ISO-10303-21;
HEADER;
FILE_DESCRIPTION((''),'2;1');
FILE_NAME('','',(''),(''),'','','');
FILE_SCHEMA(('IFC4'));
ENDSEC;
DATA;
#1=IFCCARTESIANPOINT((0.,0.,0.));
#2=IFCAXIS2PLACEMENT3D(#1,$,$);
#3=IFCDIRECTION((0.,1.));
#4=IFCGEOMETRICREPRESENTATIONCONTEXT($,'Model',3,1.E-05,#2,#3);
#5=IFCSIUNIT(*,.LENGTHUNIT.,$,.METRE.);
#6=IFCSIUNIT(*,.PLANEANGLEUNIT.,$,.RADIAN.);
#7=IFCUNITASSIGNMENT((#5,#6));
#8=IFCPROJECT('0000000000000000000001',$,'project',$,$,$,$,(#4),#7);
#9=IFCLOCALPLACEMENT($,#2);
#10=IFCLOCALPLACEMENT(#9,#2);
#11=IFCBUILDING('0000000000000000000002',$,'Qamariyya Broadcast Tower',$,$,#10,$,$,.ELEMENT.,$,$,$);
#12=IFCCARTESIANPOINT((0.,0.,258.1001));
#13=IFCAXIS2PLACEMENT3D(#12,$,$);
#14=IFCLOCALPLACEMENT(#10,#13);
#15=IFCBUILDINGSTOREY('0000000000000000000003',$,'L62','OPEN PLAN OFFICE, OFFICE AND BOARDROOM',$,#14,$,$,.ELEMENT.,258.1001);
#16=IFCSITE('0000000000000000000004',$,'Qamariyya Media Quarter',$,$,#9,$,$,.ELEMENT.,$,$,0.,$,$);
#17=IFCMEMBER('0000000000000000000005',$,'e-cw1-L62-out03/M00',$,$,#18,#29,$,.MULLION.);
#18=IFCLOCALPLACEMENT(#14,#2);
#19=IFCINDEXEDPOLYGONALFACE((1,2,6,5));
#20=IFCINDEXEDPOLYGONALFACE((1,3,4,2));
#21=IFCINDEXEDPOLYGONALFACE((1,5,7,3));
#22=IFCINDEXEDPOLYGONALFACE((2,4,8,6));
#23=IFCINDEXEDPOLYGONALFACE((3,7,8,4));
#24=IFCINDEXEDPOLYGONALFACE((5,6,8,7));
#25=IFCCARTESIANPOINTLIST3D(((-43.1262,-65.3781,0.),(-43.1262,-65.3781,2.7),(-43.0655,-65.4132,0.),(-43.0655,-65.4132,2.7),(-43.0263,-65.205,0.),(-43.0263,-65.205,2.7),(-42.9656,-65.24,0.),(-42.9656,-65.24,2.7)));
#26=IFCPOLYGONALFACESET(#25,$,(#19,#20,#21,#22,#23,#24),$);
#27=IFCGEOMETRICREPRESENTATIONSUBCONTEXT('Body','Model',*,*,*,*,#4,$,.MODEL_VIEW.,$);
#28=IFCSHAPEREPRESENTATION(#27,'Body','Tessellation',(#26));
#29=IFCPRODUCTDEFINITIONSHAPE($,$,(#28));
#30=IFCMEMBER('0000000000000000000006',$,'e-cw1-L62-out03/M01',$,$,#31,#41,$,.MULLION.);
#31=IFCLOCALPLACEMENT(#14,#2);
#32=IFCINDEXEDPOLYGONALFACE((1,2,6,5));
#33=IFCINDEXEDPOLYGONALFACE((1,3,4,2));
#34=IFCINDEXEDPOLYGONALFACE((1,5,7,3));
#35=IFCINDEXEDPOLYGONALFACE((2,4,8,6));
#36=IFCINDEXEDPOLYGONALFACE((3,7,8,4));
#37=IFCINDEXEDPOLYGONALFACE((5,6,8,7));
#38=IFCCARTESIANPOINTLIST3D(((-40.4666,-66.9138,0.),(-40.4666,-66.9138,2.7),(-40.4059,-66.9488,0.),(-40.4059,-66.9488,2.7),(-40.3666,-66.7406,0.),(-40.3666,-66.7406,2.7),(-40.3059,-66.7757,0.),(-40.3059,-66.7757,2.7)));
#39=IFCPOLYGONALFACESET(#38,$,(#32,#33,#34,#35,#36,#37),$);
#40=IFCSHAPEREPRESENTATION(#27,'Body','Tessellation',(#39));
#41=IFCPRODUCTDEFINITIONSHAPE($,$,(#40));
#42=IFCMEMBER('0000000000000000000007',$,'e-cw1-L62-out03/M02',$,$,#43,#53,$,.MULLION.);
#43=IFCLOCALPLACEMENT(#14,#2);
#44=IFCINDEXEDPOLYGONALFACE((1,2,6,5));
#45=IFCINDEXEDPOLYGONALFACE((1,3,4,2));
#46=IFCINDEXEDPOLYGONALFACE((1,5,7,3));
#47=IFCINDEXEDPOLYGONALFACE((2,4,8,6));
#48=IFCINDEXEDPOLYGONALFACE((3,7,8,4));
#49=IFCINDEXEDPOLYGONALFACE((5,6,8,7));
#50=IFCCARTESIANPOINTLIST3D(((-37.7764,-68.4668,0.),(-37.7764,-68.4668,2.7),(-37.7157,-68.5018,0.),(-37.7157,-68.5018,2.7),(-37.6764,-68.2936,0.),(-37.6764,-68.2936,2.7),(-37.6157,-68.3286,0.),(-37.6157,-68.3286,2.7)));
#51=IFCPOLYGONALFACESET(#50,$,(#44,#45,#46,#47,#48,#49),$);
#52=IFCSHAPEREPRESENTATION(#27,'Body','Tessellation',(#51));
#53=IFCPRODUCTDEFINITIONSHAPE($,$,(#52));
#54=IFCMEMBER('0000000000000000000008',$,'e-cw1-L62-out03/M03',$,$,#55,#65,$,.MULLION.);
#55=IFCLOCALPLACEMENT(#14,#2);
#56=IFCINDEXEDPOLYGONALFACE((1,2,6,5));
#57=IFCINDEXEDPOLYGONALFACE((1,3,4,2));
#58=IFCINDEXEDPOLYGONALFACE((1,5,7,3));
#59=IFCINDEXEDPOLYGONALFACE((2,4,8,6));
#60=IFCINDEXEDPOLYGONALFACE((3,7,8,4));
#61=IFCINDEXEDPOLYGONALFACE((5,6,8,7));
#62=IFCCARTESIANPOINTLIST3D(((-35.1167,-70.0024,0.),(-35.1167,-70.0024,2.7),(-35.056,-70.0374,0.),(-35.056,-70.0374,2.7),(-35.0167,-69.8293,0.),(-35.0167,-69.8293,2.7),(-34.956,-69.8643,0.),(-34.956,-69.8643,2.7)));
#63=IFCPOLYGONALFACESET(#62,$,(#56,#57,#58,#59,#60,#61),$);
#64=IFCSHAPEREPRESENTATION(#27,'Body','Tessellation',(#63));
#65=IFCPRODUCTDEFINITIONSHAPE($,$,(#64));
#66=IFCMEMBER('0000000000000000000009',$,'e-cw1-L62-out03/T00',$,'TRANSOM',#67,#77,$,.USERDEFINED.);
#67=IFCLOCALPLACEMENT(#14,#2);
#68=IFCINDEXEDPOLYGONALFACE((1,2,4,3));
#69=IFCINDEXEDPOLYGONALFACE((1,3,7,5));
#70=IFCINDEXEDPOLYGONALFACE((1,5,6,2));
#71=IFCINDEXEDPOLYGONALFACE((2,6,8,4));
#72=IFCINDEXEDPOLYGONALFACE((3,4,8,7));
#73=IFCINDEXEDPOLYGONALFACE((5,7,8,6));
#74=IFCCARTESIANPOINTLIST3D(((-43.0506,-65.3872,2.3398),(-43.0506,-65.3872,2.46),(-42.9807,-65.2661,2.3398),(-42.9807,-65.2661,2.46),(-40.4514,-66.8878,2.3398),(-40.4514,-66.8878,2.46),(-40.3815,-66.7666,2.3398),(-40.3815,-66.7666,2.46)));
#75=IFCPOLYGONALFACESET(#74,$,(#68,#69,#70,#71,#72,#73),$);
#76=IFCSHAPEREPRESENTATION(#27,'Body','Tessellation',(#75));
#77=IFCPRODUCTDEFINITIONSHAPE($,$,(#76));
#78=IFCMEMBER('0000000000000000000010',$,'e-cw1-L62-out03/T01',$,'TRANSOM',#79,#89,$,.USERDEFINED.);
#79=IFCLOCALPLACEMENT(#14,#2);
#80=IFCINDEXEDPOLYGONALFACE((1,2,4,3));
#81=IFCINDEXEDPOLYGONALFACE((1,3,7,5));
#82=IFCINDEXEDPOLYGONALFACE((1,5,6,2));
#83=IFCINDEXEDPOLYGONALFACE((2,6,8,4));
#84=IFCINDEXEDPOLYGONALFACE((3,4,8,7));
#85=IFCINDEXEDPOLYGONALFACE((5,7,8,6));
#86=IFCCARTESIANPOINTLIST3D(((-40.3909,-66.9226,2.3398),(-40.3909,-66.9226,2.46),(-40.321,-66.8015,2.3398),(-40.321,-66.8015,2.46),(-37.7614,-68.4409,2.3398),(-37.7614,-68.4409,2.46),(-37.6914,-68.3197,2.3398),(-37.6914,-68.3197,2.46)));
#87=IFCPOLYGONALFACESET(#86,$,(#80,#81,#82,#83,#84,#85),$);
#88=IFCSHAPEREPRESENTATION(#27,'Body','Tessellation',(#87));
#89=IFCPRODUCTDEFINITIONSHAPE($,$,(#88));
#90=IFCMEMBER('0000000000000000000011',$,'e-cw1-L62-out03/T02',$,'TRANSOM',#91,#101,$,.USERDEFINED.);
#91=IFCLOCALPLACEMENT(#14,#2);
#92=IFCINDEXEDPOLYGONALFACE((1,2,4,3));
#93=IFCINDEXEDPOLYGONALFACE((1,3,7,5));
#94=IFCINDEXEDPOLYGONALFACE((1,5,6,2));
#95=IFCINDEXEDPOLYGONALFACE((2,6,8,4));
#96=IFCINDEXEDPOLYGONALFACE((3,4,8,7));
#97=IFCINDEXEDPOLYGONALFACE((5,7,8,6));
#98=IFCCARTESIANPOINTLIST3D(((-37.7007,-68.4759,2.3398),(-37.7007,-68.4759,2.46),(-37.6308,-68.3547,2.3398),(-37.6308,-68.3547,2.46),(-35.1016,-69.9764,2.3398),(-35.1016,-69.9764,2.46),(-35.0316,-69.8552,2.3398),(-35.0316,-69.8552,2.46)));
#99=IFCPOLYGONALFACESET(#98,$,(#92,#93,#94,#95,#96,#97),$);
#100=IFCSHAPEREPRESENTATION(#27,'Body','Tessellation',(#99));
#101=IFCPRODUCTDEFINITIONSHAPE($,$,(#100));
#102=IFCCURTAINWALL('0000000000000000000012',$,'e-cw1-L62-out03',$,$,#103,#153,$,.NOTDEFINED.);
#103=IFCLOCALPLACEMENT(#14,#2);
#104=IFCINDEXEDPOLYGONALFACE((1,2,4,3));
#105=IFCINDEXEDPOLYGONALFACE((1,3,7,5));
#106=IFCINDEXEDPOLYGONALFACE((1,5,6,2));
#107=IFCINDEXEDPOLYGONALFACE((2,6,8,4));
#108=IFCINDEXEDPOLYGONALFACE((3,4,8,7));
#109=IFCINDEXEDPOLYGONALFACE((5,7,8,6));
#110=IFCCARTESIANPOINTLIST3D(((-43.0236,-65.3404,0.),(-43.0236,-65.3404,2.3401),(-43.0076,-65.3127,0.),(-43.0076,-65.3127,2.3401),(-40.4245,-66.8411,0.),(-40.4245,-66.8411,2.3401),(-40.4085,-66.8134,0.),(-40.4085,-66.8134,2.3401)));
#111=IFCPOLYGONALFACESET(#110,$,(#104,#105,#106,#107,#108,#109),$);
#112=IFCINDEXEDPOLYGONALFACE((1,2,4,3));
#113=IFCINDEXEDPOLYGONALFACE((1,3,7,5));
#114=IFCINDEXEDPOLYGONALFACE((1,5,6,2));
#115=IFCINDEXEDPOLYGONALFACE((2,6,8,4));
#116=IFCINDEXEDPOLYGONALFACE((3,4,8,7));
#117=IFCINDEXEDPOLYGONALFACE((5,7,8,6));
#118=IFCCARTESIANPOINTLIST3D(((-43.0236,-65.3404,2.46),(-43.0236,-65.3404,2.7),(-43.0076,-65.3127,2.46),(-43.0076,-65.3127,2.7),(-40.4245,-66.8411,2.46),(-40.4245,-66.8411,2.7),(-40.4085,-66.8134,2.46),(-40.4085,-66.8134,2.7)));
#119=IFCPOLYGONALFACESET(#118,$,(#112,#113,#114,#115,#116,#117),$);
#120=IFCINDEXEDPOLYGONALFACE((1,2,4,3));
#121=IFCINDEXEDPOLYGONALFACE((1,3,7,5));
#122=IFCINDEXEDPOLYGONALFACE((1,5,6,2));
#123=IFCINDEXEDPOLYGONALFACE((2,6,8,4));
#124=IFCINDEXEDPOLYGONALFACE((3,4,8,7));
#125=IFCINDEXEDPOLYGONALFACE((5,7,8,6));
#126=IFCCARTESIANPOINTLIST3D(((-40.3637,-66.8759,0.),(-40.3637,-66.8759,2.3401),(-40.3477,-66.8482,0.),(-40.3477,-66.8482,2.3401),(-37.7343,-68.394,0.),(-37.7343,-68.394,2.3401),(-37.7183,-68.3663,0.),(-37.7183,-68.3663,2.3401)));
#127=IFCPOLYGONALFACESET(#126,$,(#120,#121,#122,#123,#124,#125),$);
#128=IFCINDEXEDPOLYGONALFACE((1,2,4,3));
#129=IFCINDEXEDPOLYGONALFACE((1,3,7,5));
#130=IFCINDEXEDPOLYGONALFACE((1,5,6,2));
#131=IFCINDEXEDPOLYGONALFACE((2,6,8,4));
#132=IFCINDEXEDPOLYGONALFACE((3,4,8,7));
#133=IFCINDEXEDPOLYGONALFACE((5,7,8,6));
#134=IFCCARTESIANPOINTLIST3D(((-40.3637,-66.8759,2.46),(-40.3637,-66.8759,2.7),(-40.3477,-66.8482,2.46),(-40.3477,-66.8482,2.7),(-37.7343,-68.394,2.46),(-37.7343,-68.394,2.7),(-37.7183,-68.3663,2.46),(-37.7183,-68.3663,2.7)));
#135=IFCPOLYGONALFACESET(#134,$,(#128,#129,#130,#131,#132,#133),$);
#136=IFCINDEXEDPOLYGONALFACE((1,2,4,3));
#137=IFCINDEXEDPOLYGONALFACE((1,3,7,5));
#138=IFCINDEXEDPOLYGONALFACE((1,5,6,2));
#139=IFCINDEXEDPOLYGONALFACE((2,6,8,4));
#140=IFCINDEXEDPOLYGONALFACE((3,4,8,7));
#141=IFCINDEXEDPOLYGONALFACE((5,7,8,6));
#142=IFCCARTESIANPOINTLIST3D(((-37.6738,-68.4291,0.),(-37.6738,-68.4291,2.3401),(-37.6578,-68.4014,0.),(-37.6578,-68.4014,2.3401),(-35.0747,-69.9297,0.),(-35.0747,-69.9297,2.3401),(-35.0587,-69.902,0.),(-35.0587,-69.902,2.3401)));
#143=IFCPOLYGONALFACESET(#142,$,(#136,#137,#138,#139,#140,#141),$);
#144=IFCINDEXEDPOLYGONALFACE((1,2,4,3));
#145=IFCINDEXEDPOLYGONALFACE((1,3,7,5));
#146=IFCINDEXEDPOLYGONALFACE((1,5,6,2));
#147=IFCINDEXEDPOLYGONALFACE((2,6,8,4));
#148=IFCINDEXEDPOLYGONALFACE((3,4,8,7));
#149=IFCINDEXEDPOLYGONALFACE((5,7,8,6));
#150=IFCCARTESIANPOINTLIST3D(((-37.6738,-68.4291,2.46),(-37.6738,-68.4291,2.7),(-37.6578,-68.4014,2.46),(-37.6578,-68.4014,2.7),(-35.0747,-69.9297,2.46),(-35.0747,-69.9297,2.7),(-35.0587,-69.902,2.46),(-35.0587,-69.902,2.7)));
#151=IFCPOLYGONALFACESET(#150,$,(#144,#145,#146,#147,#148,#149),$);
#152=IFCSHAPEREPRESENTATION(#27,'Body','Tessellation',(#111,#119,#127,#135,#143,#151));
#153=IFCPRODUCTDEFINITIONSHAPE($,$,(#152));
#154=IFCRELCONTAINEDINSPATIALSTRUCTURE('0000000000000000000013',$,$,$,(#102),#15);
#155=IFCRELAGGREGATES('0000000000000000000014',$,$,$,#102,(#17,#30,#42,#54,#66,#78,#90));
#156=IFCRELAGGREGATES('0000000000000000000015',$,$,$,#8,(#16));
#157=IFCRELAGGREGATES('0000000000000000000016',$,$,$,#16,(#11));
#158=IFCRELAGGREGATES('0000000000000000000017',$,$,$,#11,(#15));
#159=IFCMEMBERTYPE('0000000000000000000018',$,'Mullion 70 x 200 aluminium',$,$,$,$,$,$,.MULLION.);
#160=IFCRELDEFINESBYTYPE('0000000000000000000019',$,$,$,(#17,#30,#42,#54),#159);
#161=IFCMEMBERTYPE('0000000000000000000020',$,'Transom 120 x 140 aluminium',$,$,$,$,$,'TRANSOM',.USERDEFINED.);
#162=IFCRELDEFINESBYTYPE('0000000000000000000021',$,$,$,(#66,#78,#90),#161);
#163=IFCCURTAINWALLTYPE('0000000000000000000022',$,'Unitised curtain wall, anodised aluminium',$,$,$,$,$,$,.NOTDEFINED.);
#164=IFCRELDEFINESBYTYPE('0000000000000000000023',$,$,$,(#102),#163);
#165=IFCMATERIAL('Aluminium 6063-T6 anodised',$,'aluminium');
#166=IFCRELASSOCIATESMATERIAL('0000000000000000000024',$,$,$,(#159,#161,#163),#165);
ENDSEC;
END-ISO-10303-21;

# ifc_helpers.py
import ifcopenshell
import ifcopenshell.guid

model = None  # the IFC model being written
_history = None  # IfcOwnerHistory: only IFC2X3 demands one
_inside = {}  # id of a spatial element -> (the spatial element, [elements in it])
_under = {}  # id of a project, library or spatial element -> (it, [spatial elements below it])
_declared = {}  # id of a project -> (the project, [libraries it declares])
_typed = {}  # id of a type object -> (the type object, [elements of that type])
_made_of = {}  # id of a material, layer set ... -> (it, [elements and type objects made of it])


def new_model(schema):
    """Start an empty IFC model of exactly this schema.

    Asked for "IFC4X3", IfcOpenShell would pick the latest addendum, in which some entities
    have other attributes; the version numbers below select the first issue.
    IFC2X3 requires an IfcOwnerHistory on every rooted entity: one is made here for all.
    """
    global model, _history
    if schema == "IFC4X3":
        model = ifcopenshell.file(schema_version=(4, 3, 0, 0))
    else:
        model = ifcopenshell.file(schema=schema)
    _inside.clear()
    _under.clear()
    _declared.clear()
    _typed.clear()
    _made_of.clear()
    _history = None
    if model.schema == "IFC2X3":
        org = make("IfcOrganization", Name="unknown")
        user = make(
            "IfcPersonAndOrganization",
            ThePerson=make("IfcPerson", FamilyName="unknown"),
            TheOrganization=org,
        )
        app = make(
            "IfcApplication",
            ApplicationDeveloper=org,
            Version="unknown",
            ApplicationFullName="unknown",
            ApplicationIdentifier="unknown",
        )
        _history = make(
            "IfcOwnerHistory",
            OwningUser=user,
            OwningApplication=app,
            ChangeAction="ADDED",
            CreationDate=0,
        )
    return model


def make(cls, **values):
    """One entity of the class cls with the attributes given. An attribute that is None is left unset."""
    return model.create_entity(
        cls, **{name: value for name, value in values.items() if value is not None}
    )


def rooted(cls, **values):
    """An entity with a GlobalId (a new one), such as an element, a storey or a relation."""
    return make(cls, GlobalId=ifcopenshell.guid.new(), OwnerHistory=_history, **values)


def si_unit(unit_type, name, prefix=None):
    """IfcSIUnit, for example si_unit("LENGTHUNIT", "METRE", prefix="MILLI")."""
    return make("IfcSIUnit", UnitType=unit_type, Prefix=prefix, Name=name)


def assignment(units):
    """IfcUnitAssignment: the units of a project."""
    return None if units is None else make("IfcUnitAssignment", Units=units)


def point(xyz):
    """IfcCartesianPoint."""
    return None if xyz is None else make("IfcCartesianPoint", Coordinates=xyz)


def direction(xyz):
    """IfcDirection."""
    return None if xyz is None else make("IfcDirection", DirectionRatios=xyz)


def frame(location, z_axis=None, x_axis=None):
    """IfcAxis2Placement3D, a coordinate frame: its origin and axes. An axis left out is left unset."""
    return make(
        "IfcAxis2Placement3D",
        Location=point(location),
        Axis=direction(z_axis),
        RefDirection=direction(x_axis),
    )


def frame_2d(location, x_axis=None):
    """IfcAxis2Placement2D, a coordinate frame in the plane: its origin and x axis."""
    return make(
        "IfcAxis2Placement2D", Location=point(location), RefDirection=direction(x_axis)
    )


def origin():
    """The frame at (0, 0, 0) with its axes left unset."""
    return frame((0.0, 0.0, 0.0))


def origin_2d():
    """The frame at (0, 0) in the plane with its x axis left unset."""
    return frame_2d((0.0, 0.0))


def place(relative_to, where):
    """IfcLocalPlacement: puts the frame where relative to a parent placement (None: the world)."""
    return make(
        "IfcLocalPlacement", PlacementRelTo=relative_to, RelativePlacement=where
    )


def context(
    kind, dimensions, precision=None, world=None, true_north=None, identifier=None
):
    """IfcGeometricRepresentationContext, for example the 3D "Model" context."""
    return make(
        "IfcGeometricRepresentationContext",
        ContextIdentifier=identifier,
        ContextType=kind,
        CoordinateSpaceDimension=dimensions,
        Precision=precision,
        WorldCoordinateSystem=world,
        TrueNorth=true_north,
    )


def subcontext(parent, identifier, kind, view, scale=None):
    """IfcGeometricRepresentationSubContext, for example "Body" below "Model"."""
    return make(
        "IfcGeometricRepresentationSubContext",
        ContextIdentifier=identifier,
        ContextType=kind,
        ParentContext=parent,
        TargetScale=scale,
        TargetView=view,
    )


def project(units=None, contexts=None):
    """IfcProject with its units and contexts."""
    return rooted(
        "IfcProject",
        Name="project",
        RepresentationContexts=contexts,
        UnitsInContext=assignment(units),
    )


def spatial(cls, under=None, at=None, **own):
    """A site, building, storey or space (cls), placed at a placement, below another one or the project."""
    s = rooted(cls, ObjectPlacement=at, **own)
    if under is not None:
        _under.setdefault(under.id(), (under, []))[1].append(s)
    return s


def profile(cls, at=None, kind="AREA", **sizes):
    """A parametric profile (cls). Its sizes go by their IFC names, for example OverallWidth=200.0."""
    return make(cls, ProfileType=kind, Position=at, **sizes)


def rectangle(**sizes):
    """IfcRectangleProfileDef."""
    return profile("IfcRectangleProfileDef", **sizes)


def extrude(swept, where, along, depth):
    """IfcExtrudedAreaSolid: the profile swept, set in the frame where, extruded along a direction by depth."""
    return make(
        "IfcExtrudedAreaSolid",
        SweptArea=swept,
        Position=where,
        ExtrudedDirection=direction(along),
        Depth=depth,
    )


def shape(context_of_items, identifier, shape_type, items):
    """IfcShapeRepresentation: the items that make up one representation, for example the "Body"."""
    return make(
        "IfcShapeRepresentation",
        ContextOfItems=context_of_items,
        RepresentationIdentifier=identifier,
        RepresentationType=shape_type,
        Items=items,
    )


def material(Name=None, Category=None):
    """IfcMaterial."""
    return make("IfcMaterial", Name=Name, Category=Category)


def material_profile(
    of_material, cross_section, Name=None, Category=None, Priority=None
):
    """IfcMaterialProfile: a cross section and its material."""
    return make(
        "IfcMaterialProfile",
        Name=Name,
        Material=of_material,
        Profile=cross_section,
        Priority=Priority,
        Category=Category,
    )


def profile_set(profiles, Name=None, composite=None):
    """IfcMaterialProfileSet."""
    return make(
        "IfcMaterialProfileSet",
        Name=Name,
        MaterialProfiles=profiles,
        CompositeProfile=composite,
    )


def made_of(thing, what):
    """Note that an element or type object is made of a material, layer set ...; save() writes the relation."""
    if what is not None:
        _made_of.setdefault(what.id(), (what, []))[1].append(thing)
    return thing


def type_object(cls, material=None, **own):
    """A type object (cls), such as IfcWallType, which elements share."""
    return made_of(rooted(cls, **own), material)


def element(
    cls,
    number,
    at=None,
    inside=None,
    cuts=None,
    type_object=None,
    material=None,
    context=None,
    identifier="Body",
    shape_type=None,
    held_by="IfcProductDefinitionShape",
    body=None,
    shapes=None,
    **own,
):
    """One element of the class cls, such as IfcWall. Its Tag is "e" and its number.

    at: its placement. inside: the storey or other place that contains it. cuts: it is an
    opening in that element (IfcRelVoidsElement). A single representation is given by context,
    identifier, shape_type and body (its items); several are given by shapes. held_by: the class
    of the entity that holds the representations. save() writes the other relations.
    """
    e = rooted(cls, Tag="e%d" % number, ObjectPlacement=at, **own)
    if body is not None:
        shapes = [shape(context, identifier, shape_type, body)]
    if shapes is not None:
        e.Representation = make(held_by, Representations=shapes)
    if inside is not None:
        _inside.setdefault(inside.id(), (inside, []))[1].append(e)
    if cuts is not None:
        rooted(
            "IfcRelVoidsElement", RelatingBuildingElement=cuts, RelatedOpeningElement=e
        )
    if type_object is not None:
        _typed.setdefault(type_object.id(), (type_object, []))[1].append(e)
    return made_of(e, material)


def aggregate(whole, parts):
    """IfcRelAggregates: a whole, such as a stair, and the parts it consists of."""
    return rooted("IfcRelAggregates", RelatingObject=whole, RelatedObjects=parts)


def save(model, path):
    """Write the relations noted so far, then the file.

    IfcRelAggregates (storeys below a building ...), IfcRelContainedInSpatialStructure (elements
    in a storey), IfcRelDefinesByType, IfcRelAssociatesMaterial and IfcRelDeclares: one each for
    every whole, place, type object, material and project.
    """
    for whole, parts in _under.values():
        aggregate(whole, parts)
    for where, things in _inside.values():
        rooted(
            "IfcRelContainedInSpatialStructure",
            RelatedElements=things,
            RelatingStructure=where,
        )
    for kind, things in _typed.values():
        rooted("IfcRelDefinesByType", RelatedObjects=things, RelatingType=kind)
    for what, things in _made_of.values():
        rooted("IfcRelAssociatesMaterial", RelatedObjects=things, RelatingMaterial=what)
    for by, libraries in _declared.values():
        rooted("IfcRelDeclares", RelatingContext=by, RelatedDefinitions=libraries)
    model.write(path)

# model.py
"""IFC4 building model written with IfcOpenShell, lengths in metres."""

from ifc_helpers import new_model, si_unit, direction, frame, origin, origin_2d, place, context, subcontext, project, spatial, rectangle, extrude, material, material_profile, profile_set, type_object, element, aggregate, save


model = new_model("IFC4")

# Units and contexts
model_context = context("Model", 3, precision=1e-05, world=origin(), true_north=direction((0.0, 1.0)))
body_context = subcontext(model_context, "Body", "Model", "MODEL_VIEW")
ifc_project = project(units=[si_unit("LENGTHUNIT", "METRE"), si_unit("PLANEANGLEUNIT", "RADIAN")], contexts=[model_context])

# Members
ifc_material_1 = material(Name="Aluminium 6063-T6 anodised", Category="aluminium")
ifc_material_profile_1 = material_profile(ifc_material_1, rectangle(XDim=0.2, YDim=0.0701, at=origin_2d()))
ifc_profile_set_1 = profile_set([ifc_material_profile_1], Name="Aluminium 6063-T6 anodised")
member_type_1 = type_object("IfcMemberType", Name="Mullion 70 x 200 aluminium", PredefinedType="MULLION", material=ifc_profile_set_1)
site_placement = place(None, origin())
building_placement = place(site_placement, origin())
storey_placement = place(building_placement, frame((0.0, 0.0, 258.1001)))
member_1_placement = place(storey_placement, frame((-43.0459, -65.3091, 0.0), z_axis=(0.0, 0.0, 1.0), x_axis=(0.5, 0.866025, 0.0)))
member_1 = element("IfcMember", 1, at=member_1_placement, type_object=member_type_1, Name="e-cw1-L62-out03/M00", PredefinedType="MULLION", context=body_context, shape_type="SweptSolid", body=[
    extrude(rectangle(XDim=0.2, YDim=0.0701, at=origin_2d()), origin(), (0.0, 0.0, 1.0), 2.7),
])
member_2_placement = place(storey_placement, frame((-40.3862, -66.8447, 0.0), z_axis=(0.0, 0.0, 1.0), x_axis=(0.5, 0.866025, 0.0)))
member_2 = element("IfcMember", 2, at=member_2_placement, type_object=member_type_1, Name="e-cw1-L62-out03/M01", PredefinedType="MULLION", context=body_context, shape_type="SweptSolid", body=[
    extrude(rectangle(XDim=0.2, YDim=0.0701, at=origin_2d()), origin(), (0.0, 0.0, 1.0), 2.7),
])
member_3_placement = place(storey_placement, frame((-37.696, -68.3977, 0.0), z_axis=(0.0, 0.0, 1.0), x_axis=(0.5, 0.866025, 0.0)))
member_3 = element("IfcMember", 3, at=member_3_placement, type_object=member_type_1, Name="e-cw1-L62-out03/M02", PredefinedType="MULLION", context=body_context, shape_type="SweptSolid", body=[
    extrude(rectangle(XDim=0.2, YDim=0.0701, at=origin_2d()), origin(), (0.0, 0.0, 1.0), 2.7),
])
member_4_placement = place(storey_placement, frame((-35.0364, -69.9333, 0.0), z_axis=(0.0, 0.0, 1.0), x_axis=(0.5, 0.866025, 0.0)))
member_4 = element("IfcMember", 4, at=member_4_placement, type_object=member_type_1, Name="e-cw1-L62-out03/M03", PredefinedType="MULLION", context=body_context, shape_type="SweptSolid", body=[
    extrude(rectangle(XDim=0.2, YDim=0.0701, at=origin_2d()), origin(), (0.0, 0.0, 1.0), 2.7),
])
ifc_material_profile_2 = material_profile(ifc_material_1, rectangle(XDim=0.1399, YDim=0.1201, at=origin_2d()))
ifc_profile_set_2 = profile_set([ifc_material_profile_2], Name="Aluminium 6063-T6 anodised")
member_type_2 = type_object("IfcMemberType", Name="Transom 120 x 140 aluminium", ElementType="TRANSOM", PredefinedType="USERDEFINED", material=ifc_profile_set_2)
member_5_placement = place(storey_placement, frame((-43.0156, -65.3267, 2.3999), z_axis=(0.866042, -0.499971, 0.0), x_axis=(0.499971, 0.866042, 0.0)))
member_5 = element("IfcMember", 5, at=member_5_placement, type_object=member_type_2, Name="e-cw1-L62-out03/T00", ObjectType="TRANSOM", PredefinedType="USERDEFINED", context=body_context, shape_type="SweptSolid", body=[
    extrude(rectangle(XDim=0.1399, YDim=0.1201, at=origin_2d()), origin(), (0.0, 0.0, 1.0), 3.0012),
])
member_6_placement = place(storey_placement, frame((-40.356, -66.8621, 2.3999), z_axis=(0.866013, -0.500022, 0.0), x_axis=(0.500022, 0.866013, 0.0)))
member_6 = element("IfcMember", 6, at=member_6_placement, type_object=member_type_2, Name="e-cw1-L62-out03/T01", ObjectType="TRANSOM", PredefinedType="USERDEFINED", context=body_context, shape_type="SweptSolid", body=[
    extrude(rectangle(XDim=0.1399, YDim=0.1201, at=origin_2d()), origin(), (0.0, 0.0, 1.0), 3.0364),
])
member_7_placement = place(storey_placement, frame((-37.6658, -68.4153, 2.3999), z_axis=(0.866042, -0.499971, 0.0), x_axis=(0.499971, 0.866042, 0.0)))
member_7 = element("IfcMember", 7, at=member_7_placement, type_object=member_type_2, Name="e-cw1-L62-out03/T02", ObjectType="TRANSOM", PredefinedType="USERDEFINED", context=body_context, shape_type="SweptSolid", body=[
    extrude(rectangle(XDim=0.1399, YDim=0.1201, at=origin_2d()), origin(), (0.0, 0.0, 1.0), 3.0012),
])

# Site, building, storey
site = spatial("IfcSite", under=ifc_project, at=site_placement, Name="Qamariyya Media Quarter", CompositionType="ELEMENT", RefElevation=0.0)
building = spatial("IfcBuilding", under=site, at=building_placement, Name="Qamariyya Broadcast Tower", CompositionType="ELEMENT")
storey = spatial("IfcBuildingStorey", under=building, at=storey_placement, Name="L62", Description="OPEN PLAN OFFICE, OFFICE AND BOARDROOM", CompositionType="ELEMENT", Elevation=258.1001)

# Curtain wall
curtain_wall_type = type_object("IfcCurtainWallType", Name="Unitised curtain wall, anodised aluminium", PredefinedType="NOTDEFINED", material=ifc_material_1)
curtain_wall_1_placement = place(storey_placement, origin())
curtain_wall_1 = element("IfcCurtainWall", 8, at=curtain_wall_1_placement, inside=storey, type_object=curtain_wall_type, Name="e-cw1-L62-out03", PredefinedType="NOTDEFINED", context=body_context, shape_type="SweptSolid", body=[
    extrude(rectangle(XDim=3.0012, YDim=0.032, at=origin_2d()), frame((-41.7161, -66.0769, 0.0), x_axis=(0.866018, -0.500013, 0.0)), (0.0, 0.0, 1.0), 2.3401),
    extrude(rectangle(XDim=3.0012, YDim=0.032, at=origin_2d()), frame((-41.7161, -66.0769, 2.46), x_axis=(0.866018, -0.500013, 0.0)), (0.0, 0.0, 1.0), 0.24),
    extrude(rectangle(XDim=3.0361, YDim=0.032, at=origin_2d()), frame((-39.041, -67.6211, 0.0), x_axis=(0.866018, -0.500013, 0.0)), (0.0, 0.0, 1.0), 2.3401),
    extrude(rectangle(XDim=3.0361, YDim=0.032, at=origin_2d()), frame((-39.041, -67.6211, 2.46), x_axis=(0.866018, -0.500013, 0.0)), (0.0, 0.0, 1.0), 0.24),
    extrude(rectangle(XDim=3.0012, YDim=0.032, at=origin_2d()), frame((-36.3662, -69.1655, 0.0), x_axis=(0.866018, -0.500013, 0.0)), (0.0, 0.0, 1.0), 2.3401),
    extrude(rectangle(XDim=3.0012, YDim=0.032, at=origin_2d()), frame((-36.3662, -69.1655, 2.46), x_axis=(0.866018, -0.500013, 0.0)), (0.0, 0.0, 1.0), 0.24),
])
aggregate(curtain_wall_1, [member_1, member_2, member_3, member_4, member_5, member_6, member_7])

save(model, "model.ifc")
